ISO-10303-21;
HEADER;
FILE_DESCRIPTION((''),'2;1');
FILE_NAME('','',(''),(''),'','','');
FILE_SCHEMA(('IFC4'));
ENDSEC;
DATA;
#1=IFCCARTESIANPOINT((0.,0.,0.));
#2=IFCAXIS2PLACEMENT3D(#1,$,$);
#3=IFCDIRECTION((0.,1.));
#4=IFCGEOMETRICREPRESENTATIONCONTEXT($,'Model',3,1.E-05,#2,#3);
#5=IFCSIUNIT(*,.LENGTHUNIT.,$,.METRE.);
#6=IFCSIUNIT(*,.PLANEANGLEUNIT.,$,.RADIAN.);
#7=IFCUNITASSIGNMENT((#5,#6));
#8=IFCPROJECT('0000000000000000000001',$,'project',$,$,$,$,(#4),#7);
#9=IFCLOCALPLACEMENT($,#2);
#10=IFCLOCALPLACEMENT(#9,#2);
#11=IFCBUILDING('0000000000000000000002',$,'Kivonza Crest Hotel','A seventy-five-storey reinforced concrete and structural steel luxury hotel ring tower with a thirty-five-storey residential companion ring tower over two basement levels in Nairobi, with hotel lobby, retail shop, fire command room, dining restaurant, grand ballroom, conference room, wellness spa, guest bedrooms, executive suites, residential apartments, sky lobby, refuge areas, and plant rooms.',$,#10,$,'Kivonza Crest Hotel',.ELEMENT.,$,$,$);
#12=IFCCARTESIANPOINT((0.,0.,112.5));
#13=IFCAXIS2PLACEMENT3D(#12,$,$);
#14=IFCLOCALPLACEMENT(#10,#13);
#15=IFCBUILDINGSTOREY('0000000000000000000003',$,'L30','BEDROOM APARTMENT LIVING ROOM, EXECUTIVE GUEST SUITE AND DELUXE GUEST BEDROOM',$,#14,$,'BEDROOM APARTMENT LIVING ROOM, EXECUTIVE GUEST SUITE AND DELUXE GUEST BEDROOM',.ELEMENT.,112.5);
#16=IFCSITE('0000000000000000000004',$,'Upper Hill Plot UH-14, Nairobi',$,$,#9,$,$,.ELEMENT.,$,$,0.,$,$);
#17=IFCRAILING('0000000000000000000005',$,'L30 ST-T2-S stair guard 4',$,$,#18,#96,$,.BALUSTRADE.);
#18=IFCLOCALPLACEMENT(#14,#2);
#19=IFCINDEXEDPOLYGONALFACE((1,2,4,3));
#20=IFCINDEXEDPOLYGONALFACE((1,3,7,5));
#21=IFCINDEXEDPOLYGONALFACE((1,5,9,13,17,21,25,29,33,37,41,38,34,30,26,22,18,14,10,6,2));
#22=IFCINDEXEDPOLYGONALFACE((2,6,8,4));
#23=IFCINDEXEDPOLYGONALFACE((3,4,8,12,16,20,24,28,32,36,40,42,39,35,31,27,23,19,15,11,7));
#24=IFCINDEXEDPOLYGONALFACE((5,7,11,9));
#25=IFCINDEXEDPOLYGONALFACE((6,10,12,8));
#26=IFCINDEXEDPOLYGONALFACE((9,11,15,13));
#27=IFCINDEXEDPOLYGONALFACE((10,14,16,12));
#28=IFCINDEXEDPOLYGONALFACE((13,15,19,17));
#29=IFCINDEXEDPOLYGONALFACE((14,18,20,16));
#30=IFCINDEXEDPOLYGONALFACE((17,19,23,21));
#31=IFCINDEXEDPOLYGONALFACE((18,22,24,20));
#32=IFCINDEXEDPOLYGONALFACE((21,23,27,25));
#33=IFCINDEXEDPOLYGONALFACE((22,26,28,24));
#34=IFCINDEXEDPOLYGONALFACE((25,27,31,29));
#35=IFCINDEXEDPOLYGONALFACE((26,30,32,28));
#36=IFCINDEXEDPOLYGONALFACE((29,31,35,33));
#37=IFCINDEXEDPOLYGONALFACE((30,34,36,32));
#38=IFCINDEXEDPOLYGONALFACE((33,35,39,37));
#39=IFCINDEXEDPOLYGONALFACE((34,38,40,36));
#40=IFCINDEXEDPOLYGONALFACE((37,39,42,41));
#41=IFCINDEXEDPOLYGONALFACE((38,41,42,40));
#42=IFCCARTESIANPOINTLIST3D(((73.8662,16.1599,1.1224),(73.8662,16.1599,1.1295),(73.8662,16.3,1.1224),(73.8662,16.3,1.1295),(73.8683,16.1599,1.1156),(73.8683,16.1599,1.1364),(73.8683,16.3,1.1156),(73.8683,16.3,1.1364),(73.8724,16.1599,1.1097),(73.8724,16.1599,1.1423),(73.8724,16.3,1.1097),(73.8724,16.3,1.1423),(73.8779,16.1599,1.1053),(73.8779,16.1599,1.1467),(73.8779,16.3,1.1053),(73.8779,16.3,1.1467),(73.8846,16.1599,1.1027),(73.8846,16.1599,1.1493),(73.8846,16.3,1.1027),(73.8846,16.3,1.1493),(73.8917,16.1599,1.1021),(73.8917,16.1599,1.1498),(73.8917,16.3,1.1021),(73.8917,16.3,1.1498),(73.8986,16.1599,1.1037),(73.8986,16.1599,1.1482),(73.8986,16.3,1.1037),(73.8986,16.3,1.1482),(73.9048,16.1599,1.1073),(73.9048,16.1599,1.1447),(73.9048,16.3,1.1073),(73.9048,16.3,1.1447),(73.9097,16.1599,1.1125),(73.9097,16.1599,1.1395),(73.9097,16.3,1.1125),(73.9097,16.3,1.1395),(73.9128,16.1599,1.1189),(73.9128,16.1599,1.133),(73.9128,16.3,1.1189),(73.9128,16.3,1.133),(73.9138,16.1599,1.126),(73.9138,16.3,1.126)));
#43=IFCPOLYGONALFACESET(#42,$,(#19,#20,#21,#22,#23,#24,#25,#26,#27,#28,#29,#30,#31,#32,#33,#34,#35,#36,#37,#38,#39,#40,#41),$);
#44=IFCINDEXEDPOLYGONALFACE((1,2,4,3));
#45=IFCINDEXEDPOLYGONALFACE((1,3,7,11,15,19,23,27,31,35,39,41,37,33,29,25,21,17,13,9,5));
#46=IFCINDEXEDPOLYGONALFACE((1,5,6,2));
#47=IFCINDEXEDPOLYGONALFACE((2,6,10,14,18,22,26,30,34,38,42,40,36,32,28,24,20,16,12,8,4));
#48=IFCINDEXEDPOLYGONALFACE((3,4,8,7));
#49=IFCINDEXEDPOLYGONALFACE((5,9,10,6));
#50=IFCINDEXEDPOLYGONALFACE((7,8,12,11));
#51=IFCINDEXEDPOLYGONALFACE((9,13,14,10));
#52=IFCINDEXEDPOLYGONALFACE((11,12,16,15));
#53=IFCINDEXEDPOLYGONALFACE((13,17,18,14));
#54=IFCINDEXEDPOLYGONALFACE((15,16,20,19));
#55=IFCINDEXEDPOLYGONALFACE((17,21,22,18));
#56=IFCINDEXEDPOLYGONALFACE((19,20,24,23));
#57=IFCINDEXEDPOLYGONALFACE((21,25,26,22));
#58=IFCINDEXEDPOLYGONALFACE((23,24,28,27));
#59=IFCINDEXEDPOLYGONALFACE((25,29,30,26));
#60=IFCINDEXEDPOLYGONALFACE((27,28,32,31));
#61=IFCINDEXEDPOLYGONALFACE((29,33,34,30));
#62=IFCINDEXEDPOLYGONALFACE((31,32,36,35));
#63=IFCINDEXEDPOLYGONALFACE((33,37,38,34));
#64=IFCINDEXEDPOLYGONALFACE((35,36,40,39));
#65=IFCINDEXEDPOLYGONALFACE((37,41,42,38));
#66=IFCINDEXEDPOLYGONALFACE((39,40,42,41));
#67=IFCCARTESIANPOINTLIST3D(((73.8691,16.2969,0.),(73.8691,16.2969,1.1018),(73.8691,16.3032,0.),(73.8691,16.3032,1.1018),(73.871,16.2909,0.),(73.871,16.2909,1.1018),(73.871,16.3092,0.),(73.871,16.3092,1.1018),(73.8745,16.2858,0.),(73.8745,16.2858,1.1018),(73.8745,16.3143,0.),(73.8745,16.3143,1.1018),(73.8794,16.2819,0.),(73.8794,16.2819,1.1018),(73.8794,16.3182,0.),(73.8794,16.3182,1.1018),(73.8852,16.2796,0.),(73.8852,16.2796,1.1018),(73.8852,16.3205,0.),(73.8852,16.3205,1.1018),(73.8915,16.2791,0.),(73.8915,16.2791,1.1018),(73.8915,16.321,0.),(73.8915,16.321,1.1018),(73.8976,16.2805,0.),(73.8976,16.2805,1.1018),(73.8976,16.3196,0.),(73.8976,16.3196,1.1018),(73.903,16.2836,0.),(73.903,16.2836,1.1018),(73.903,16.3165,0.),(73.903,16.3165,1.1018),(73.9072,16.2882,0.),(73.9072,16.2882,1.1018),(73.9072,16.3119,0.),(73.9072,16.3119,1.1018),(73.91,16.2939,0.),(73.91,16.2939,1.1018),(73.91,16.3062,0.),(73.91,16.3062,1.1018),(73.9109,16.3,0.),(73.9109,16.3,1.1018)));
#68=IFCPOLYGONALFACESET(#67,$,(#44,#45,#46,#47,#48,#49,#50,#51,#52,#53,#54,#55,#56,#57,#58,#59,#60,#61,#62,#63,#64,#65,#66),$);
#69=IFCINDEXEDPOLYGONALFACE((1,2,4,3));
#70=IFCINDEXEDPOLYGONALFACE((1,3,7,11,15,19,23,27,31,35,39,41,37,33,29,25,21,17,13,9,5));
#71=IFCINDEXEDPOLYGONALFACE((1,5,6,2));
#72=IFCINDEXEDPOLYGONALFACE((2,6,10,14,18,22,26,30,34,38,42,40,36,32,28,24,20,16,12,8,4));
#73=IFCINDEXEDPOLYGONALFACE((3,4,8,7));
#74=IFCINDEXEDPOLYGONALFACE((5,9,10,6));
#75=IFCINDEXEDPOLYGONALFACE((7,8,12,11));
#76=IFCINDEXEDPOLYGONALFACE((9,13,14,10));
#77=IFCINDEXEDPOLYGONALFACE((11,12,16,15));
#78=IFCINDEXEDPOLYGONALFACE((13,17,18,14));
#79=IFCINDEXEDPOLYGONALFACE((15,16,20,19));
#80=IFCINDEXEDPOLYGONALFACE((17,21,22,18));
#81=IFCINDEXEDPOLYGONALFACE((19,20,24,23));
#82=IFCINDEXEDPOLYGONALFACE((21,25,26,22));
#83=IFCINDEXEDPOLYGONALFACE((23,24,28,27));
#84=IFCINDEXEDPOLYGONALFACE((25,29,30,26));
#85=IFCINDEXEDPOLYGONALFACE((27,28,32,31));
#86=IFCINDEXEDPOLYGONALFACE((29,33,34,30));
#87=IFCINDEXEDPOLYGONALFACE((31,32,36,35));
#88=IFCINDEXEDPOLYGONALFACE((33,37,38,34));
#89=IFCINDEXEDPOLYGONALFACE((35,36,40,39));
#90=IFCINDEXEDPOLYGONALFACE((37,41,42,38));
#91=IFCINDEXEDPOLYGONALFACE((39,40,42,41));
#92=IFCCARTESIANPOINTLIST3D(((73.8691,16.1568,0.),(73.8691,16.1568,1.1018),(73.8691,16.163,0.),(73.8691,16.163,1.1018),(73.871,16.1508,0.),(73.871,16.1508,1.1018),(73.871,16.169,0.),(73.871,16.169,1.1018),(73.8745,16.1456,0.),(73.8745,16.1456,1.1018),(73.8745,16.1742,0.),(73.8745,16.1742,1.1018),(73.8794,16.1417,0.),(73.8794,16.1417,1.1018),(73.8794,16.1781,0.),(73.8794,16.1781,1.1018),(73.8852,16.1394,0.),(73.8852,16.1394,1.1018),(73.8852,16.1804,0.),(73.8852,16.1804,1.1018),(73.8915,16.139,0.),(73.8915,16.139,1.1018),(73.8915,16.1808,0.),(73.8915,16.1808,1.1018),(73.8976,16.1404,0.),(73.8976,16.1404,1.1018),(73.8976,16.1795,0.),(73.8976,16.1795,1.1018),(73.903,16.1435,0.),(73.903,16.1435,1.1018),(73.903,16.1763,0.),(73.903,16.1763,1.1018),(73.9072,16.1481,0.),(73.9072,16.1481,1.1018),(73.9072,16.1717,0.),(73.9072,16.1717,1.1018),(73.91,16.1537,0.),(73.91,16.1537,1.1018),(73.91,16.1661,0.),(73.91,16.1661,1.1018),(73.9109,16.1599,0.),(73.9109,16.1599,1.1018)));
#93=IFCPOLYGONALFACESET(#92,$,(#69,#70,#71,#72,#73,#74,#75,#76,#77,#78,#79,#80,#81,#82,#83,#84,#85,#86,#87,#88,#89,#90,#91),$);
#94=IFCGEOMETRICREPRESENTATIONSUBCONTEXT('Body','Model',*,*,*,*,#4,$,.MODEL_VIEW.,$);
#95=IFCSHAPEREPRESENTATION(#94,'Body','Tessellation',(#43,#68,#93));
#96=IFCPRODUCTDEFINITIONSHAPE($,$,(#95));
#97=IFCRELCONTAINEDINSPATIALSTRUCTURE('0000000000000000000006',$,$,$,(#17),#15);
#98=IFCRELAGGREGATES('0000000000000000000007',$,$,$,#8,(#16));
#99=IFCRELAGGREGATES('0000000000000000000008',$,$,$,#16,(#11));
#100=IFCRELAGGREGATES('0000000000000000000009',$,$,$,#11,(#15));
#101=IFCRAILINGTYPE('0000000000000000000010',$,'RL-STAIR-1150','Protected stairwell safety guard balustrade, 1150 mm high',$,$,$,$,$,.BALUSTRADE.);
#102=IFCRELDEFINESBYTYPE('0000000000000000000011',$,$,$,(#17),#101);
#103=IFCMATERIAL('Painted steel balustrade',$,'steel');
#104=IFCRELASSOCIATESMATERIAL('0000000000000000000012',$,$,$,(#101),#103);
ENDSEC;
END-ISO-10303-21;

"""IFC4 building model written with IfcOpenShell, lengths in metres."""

from ifc_helpers import new_model, si_unit, direction, frame, origin, origin_2d, place, context, subcontext, project, spatial, circle, extrude, material, type_object, element, save


model = new_model("IFC4")

# Units and contexts
model_context = context("Model", 3, precision=1e-05, world=origin(), true_north=direction((0.0, 1.0)))
body_context = subcontext(model_context, "Body", "Model", "MODEL_VIEW")
ifc_project = project(units=[si_unit("LENGTHUNIT", "METRE"), si_unit("PLANEANGLEUNIT", "RADIAN")], contexts=[model_context])

# Site, building, storey
site_placement = place(None, origin())
site = spatial("IfcSite", under=ifc_project, at=site_placement, Name="Upper Hill Plot UH-14, Nairobi", CompositionType="ELEMENT", RefElevation=0.0)
building_placement = place(site_placement, origin())
building = spatial("IfcBuilding", under=site, at=building_placement, Name="Kivonza Crest Hotel", Description="A seventy-five-storey reinforced concrete and structural steel luxury hotel ring tower with a thirty-five-storey residential companion ring tower over two basement levels in Nairobi, with hotel lobby, retail shop, fire command room, dining restaurant, grand ballroom, conference room, wellness spa, guest bedrooms, executive suites, residential apartments, sky lobby, refuge areas, and plant rooms.", LongName="Kivonza Crest Hotel", CompositionType="ELEMENT")
storey_placement = place(building_placement, frame((0.0, 0.0, 112.5)))
storey = spatial("IfcBuildingStorey", under=building, at=storey_placement, Name="L30", Description="BEDROOM APARTMENT LIVING ROOM, EXECUTIVE GUEST SUITE AND DELUXE GUEST BEDROOM", LongName="BEDROOM APARTMENT LIVING ROOM, EXECUTIVE GUEST SUITE AND DELUXE GUEST BEDROOM", CompositionType="ELEMENT", Elevation=112.5)

# Railing
ifc_material_1 = material(Name="Painted steel balustrade", Category="steel")
railing_type_1 = type_object("IfcRailingType", Name="RL-STAIR-1150", Description="Protected stairwell safety guard balustrade, 1150 mm high", PredefinedType="BALUSTRADE", material=ifc_material_1)
railing_1_placement = place(storey_placement, frame((73.8899, 16.3, 0.0)))
element("IfcRailing", 1, at=railing_1_placement, inside=storey, type_object=railing_type_1, Name="L30 ST-T2-S stair guard 4", PredefinedType="BALUSTRADE", context=body_context, shape_type="SweptSolid", body=[
    extrude(circle(Radius=0.0239, at=origin_2d()), frame((0.0, 0.0, 1.126), z_axis=(0.0, -1.0, 0.0), x_axis=(1.0, 0.0, 0.0)), (0.0, 0.0, 1.0), 0.1401),
    extrude(circle(Radius=0.021, at=origin_2d()), origin(), (0.0, 0.0, 1.0), 1.1018),
    extrude(circle(Radius=0.021, at=origin_2d()), frame((0.0, -0.1401, 0.0)), (0.0, 0.0, 1.0), 1.1018),
])

save(model, "model.ifc")
